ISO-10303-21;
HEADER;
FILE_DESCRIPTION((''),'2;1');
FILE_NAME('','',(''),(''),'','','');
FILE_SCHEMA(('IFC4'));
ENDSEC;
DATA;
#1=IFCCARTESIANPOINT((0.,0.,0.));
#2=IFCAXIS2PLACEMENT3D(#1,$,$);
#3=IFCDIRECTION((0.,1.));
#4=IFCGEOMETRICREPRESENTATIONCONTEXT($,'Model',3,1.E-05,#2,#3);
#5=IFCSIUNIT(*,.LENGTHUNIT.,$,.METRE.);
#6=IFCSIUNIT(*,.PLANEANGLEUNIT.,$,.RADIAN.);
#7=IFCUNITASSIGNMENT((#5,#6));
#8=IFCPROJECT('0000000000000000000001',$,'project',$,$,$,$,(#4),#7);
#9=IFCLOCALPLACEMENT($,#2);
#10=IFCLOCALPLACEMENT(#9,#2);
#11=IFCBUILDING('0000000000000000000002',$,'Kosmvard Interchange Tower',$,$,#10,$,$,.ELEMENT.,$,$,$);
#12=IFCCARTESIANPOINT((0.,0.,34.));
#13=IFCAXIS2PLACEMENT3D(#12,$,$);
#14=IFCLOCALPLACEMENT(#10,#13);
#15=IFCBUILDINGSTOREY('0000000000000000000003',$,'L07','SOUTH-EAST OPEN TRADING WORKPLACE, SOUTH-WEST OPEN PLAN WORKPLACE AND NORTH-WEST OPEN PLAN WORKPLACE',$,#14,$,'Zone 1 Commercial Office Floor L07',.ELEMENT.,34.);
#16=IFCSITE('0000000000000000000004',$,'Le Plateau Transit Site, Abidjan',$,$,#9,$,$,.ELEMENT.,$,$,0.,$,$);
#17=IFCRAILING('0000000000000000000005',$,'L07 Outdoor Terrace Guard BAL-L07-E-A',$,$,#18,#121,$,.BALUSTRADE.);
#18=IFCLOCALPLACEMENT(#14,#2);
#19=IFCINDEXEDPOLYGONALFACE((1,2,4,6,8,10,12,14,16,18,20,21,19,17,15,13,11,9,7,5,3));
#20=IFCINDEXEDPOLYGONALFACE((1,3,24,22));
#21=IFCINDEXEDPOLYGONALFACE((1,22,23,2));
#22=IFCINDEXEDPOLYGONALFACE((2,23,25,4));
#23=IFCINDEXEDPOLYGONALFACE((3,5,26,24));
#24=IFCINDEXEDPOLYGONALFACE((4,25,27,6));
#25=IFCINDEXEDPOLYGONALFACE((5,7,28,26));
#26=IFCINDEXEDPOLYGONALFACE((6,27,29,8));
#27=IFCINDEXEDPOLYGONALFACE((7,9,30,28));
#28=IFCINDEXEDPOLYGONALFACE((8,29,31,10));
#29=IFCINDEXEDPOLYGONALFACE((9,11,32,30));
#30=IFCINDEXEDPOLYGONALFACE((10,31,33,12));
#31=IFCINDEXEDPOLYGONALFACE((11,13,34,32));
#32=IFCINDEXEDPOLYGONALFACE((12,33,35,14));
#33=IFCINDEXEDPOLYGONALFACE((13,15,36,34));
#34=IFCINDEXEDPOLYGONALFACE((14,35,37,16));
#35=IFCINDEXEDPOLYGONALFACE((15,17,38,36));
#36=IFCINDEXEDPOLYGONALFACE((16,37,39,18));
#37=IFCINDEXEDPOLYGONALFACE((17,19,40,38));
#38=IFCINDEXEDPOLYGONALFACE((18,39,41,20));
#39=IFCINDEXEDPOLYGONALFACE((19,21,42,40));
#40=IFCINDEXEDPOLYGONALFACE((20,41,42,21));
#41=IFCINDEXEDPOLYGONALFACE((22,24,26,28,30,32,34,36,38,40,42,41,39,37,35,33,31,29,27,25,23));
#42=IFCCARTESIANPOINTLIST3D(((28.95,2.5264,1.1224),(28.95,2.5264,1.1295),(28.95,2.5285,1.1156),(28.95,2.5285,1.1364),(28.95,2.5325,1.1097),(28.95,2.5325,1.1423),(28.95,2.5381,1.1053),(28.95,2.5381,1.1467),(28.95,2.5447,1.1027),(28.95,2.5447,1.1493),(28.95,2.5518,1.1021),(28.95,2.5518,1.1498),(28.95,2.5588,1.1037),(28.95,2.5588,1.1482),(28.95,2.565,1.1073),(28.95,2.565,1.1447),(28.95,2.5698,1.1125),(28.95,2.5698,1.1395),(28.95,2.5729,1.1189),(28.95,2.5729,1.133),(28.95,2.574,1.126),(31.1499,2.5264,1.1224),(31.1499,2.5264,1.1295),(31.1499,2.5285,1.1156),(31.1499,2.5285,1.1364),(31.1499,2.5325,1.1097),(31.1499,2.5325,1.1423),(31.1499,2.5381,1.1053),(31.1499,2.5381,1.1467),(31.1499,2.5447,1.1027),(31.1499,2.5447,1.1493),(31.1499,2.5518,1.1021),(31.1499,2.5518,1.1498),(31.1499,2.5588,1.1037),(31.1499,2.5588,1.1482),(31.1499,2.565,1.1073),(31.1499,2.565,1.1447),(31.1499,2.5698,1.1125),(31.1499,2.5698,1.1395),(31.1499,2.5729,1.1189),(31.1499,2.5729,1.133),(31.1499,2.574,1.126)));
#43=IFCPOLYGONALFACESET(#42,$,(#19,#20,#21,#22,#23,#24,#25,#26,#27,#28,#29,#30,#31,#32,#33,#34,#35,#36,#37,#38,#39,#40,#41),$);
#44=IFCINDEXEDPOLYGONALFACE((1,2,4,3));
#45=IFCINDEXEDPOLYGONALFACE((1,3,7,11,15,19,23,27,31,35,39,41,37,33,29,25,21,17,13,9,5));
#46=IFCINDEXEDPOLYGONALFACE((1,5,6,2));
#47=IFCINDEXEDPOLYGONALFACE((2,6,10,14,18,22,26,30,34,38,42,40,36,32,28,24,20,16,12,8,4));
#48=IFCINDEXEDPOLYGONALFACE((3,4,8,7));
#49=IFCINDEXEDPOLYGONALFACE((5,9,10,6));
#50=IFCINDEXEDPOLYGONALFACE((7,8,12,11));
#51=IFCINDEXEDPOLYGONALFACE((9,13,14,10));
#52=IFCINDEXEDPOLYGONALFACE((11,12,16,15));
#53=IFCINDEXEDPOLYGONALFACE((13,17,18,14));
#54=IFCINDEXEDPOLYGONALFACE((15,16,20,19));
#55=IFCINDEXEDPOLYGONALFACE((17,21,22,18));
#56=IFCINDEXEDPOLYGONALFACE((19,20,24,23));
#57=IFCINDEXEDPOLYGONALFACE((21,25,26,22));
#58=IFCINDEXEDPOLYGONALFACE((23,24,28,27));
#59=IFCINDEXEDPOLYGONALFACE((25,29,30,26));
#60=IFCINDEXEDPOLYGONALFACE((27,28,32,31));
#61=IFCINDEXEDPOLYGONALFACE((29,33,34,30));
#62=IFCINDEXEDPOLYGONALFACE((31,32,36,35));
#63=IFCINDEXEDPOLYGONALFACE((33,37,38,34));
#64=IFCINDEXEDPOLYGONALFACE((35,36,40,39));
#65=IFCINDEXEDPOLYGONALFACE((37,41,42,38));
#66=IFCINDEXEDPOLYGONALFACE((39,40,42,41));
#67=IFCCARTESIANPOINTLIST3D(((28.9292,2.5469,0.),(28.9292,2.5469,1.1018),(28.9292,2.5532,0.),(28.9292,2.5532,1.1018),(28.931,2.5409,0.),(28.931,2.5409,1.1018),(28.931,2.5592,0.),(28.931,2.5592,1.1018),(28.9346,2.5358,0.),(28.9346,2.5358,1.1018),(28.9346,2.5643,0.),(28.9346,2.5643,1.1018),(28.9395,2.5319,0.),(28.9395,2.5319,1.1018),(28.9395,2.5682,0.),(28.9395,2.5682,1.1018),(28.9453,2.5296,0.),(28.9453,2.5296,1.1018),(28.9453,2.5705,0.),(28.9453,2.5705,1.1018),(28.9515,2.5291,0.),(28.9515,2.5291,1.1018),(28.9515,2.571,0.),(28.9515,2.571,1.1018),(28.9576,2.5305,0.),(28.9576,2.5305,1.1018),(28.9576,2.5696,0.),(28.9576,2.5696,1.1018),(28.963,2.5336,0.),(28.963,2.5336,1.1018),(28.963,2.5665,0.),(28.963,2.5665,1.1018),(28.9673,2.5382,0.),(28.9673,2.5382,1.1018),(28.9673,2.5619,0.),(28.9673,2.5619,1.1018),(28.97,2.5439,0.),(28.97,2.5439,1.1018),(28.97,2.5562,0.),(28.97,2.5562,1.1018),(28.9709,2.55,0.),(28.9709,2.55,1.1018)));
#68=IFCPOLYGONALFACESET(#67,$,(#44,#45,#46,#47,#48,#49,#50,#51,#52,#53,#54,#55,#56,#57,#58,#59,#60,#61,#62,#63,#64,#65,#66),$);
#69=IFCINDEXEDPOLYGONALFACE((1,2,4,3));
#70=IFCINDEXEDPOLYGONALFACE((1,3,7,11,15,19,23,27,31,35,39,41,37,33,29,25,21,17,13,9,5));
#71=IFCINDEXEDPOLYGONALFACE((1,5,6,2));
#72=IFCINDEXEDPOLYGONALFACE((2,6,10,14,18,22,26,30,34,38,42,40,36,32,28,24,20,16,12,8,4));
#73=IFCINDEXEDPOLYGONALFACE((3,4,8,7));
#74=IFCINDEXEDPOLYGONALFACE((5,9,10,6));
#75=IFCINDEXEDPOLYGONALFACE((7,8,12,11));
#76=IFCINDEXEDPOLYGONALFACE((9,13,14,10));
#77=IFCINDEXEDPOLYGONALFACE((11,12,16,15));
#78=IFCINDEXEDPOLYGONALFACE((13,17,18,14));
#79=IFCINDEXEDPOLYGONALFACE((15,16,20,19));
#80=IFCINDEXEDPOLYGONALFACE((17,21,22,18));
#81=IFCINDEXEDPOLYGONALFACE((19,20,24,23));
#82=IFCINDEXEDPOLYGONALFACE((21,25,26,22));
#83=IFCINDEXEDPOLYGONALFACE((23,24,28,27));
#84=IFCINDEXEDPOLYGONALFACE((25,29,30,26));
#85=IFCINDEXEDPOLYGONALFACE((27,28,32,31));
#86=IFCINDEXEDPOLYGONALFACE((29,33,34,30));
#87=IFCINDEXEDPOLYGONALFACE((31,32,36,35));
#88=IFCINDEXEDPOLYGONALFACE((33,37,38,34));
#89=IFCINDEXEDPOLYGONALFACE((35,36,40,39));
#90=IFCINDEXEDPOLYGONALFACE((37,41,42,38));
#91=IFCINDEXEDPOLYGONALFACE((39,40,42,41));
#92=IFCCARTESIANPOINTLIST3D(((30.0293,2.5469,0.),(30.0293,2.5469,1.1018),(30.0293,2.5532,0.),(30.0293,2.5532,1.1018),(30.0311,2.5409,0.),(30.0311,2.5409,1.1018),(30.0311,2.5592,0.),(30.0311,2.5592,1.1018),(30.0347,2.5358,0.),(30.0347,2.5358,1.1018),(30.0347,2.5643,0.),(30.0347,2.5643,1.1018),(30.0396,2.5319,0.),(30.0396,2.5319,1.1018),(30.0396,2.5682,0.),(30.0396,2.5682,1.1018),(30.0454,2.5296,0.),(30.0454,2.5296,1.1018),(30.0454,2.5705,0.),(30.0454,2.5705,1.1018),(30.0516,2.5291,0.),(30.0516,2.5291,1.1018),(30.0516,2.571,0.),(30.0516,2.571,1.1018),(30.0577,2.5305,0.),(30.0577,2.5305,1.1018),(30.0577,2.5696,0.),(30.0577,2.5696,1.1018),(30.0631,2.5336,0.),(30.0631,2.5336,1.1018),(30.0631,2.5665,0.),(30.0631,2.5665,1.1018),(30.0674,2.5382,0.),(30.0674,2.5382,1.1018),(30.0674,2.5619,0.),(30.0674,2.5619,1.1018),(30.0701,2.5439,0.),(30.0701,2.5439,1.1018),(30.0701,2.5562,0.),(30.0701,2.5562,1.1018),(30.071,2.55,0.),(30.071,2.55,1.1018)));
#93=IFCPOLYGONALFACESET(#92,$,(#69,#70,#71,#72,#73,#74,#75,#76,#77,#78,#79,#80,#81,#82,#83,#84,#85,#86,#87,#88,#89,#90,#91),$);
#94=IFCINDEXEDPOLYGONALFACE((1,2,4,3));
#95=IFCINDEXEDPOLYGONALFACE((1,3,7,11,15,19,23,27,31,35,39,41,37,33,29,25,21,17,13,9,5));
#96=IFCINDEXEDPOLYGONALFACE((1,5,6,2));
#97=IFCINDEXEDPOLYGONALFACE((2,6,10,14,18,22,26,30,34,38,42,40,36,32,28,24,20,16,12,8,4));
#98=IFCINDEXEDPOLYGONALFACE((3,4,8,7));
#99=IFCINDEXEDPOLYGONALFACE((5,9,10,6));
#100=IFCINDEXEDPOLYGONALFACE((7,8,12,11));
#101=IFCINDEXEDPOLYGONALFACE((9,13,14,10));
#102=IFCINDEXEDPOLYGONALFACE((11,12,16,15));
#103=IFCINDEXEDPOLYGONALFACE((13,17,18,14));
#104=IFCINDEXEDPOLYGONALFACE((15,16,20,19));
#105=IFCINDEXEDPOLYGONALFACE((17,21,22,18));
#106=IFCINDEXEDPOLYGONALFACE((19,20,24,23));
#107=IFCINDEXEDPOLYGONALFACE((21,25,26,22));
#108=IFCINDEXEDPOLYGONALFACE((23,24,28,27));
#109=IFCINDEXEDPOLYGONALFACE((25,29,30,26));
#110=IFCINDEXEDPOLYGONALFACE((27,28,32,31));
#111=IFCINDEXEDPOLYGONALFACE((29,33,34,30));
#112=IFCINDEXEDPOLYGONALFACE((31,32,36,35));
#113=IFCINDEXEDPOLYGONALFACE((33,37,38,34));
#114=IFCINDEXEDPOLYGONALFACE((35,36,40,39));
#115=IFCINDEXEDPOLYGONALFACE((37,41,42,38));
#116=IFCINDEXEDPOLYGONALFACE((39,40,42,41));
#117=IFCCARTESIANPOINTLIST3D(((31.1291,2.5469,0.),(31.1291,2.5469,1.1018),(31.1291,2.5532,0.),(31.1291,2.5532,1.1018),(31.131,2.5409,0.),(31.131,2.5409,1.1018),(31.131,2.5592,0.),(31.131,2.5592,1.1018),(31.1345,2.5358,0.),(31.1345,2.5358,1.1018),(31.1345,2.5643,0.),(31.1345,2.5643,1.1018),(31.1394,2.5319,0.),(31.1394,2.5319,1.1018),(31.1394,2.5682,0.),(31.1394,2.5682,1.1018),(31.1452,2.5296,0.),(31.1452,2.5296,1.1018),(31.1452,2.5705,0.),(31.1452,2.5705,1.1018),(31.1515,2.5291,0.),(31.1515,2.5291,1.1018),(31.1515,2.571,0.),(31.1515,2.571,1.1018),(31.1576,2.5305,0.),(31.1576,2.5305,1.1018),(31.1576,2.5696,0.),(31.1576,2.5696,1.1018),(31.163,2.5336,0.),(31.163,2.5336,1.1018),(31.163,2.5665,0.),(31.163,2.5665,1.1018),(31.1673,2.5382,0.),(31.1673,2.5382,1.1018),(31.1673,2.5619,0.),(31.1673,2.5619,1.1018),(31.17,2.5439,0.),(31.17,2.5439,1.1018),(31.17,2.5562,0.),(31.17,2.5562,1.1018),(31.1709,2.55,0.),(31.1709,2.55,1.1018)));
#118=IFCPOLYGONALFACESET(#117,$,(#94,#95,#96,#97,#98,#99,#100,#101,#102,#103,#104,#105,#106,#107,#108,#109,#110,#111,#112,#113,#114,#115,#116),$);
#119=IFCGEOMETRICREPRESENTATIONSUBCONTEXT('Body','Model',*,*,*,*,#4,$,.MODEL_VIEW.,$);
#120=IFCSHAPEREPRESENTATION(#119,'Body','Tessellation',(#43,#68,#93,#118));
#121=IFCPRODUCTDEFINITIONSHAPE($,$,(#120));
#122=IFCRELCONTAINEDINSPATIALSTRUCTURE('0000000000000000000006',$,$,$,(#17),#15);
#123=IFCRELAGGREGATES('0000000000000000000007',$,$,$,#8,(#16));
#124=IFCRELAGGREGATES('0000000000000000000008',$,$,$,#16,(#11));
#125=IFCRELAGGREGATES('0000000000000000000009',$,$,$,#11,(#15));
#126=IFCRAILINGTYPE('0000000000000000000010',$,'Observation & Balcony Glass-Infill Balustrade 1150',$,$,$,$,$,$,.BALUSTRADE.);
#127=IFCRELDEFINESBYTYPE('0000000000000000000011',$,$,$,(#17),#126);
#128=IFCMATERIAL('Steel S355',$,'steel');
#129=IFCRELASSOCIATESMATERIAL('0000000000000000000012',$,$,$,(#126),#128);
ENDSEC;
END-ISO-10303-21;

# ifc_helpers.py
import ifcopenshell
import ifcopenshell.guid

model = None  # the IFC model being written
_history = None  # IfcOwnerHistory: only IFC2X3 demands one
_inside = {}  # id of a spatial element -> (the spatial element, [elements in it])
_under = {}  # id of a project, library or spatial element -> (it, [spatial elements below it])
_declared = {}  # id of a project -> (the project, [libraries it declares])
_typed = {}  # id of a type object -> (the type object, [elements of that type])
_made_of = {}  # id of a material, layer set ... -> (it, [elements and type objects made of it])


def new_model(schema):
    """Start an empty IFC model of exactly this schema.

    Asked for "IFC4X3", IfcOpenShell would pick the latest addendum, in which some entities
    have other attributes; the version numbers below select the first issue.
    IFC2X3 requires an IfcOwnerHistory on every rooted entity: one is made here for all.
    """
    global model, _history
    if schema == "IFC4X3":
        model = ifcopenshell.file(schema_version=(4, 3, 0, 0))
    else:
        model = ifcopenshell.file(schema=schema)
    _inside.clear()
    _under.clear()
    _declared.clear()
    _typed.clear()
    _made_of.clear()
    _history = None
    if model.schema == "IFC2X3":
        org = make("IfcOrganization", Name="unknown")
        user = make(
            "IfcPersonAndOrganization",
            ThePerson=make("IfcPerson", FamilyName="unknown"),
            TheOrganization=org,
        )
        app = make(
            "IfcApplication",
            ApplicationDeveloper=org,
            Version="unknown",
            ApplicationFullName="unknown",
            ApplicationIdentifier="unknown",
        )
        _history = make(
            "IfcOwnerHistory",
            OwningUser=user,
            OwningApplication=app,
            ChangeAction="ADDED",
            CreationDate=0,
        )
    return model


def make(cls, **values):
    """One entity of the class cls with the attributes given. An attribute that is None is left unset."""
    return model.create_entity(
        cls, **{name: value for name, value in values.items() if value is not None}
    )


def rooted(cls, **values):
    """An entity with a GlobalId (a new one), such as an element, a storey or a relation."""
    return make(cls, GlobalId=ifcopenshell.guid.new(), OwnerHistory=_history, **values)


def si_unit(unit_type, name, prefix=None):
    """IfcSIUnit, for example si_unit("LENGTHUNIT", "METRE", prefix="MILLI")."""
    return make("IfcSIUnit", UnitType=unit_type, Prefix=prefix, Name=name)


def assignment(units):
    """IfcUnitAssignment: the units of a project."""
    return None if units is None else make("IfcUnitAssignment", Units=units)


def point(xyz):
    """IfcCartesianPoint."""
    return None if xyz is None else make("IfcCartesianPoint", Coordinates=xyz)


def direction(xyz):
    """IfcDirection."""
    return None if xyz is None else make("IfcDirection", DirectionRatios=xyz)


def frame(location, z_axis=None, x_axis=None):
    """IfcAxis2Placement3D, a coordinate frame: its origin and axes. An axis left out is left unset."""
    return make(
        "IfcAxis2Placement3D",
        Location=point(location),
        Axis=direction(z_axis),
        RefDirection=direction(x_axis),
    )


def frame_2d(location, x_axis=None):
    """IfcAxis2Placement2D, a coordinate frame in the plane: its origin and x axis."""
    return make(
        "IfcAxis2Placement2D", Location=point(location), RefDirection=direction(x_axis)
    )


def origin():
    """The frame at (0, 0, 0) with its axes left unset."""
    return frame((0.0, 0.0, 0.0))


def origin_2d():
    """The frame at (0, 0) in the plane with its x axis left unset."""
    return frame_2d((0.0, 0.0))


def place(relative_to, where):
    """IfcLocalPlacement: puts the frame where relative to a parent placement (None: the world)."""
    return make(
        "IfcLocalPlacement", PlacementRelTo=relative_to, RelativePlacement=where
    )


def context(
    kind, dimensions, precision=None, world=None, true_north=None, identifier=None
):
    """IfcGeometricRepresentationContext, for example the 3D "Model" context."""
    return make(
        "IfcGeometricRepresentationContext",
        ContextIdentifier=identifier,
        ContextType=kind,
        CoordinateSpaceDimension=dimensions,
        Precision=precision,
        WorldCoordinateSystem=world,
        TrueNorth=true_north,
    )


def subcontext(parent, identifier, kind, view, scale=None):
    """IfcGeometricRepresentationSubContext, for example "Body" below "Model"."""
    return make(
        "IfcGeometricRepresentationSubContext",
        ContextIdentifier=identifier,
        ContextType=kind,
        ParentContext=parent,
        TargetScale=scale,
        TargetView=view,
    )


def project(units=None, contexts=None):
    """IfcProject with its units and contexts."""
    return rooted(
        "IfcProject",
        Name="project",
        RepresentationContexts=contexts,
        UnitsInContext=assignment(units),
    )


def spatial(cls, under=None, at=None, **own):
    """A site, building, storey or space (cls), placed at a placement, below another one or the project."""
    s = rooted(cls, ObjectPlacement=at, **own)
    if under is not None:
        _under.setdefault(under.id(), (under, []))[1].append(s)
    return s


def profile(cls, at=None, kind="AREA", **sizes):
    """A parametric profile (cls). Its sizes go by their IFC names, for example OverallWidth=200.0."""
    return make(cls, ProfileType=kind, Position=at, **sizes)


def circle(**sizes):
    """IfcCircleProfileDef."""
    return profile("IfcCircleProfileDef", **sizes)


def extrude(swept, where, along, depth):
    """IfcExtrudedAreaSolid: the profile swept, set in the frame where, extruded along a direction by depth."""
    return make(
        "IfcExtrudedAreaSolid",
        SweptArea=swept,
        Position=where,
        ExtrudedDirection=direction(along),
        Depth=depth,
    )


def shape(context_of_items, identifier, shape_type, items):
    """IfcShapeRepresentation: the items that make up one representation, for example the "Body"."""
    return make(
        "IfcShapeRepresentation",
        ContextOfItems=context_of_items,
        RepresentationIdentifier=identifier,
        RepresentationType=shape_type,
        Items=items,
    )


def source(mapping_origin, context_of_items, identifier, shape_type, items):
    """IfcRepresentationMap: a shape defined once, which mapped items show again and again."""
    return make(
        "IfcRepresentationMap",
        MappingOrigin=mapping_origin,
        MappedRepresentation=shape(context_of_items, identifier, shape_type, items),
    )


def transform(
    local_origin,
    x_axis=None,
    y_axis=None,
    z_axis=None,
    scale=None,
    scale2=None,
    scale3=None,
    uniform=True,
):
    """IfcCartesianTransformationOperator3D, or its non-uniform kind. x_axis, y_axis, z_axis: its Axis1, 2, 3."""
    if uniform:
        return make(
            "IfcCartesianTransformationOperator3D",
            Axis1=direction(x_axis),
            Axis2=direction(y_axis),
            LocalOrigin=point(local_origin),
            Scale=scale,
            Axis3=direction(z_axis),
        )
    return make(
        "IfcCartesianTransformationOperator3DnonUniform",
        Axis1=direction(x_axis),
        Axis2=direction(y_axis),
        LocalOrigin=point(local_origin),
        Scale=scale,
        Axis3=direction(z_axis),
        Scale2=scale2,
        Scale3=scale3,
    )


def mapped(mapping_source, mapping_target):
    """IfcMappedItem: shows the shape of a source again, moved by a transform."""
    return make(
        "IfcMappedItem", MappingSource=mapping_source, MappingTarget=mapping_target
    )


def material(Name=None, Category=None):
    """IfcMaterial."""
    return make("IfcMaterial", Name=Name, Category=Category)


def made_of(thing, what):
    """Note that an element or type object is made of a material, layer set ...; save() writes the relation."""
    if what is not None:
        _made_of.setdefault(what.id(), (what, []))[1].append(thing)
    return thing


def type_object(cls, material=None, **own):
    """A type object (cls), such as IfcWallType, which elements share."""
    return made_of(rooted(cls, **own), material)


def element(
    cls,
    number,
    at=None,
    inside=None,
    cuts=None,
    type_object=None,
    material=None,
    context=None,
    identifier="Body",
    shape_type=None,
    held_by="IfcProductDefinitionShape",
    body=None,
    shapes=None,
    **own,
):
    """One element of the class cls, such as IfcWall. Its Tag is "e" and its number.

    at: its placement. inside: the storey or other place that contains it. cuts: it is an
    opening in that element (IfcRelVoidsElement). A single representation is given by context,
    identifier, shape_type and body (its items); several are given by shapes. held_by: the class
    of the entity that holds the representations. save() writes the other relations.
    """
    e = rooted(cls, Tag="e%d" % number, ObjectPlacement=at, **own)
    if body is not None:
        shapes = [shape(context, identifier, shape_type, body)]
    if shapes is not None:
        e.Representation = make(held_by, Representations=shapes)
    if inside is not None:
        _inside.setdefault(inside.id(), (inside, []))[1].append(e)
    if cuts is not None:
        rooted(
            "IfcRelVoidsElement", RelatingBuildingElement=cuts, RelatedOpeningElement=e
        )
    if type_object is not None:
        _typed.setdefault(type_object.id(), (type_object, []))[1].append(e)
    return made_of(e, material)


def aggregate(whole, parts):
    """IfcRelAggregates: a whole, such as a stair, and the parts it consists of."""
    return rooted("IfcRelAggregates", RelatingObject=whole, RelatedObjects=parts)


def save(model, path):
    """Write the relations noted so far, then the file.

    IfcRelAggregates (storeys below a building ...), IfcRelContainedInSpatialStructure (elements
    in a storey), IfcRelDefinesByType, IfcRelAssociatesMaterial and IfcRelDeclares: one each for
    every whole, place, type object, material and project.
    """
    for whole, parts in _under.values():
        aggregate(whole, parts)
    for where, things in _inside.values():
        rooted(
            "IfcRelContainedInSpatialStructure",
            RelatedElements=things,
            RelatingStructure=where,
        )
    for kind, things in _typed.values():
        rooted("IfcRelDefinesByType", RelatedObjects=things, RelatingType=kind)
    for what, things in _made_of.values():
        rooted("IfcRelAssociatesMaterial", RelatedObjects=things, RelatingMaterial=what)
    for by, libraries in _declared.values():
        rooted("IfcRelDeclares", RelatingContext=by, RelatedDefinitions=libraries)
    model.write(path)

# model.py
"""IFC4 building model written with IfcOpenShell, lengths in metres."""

from ifc_helpers import new_model, si_unit, direction, frame, origin, origin_2d, place, context, subcontext, project, spatial, circle, extrude, source, transform, mapped, material, type_object, element, save


model = new_model("IFC4")

# Units and contexts
model_context = context("Model", 3, precision=1e-05, world=origin(), true_north=direction((0.0, 1.0)))
body_context = subcontext(model_context, "Body", "Model", "MODEL_VIEW")
ifc_project = project(units=[si_unit("LENGTHUNIT", "METRE"), si_unit("PLANEANGLEUNIT", "RADIAN")], contexts=[model_context])

# Site, building, storey
site_placement = place(None, origin())
site = spatial("IfcSite", under=ifc_project, at=site_placement, Name="Le Plateau Transit Site, Abidjan", CompositionType="ELEMENT", RefElevation=0.0)
building_placement = place(site_placement, origin())
building = spatial("IfcBuilding", under=site, at=building_placement, Name="Kosmvard Interchange Tower", CompositionType="ELEMENT")
storey_placement = place(building_placement, frame((0.0, 0.0, 34.0)))
storey = spatial("IfcBuildingStorey", under=building, at=storey_placement, Name="L07", Description="SOUTH-EAST OPEN TRADING WORKPLACE, SOUTH-WEST OPEN PLAN WORKPLACE AND NORTH-WEST OPEN PLAN WORKPLACE", LongName="Zone 1 Commercial Office Floor L07", CompositionType="ELEMENT", Elevation=34.0)

# Shared definitions
ifc_material_1 = material(Name="Steel S355", Category="steel")

# Railing
railing_type = type_object("IfcRailingType", Name="Observation & Balcony Glass-Infill Balustrade 1150", PredefinedType="BALUSTRADE", material=ifc_material_1)
shared_shape_1 = source(origin(), body_context, "Body", "SweptSolid", [
    extrude(circle(Radius=0.0239, at=origin_2d()), frame((0.0, 0.0, 1.126), z_axis=(1.0, 0.0, 0.0), x_axis=(0.0, 1.0, 0.0)), (0.0, 0.0, 1.0), 2.2),
    extrude(circle(Radius=0.021, at=origin_2d()), origin(), (0.0, 0.0, 1.0), 1.1018),
    extrude(circle(Radius=0.021, at=origin_2d()), frame((1.1001, 0.0, 0.0)), (0.0, 0.0, 1.0), 1.1018),
    extrude(circle(Radius=0.021, at=origin_2d()), frame((2.2, 0.0, 0.0)), (0.0, 0.0, 1.0), 1.1018),
])
railing_1_placement = place(storey_placement, frame((28.95, 2.55, 0.0)))
element("IfcRailing", 1, at=railing_1_placement, inside=storey, type_object=railing_type, Name="L07 Outdoor Terrace Guard BAL-L07-E-A", PredefinedType="BALUSTRADE", context=body_context, shape_type="MappedRepresentation", body=[
    mapped(shared_shape_1, transform((0.0, 0.0, 0.0), scale=1.0)),
])

save(model, "model.ifc")
